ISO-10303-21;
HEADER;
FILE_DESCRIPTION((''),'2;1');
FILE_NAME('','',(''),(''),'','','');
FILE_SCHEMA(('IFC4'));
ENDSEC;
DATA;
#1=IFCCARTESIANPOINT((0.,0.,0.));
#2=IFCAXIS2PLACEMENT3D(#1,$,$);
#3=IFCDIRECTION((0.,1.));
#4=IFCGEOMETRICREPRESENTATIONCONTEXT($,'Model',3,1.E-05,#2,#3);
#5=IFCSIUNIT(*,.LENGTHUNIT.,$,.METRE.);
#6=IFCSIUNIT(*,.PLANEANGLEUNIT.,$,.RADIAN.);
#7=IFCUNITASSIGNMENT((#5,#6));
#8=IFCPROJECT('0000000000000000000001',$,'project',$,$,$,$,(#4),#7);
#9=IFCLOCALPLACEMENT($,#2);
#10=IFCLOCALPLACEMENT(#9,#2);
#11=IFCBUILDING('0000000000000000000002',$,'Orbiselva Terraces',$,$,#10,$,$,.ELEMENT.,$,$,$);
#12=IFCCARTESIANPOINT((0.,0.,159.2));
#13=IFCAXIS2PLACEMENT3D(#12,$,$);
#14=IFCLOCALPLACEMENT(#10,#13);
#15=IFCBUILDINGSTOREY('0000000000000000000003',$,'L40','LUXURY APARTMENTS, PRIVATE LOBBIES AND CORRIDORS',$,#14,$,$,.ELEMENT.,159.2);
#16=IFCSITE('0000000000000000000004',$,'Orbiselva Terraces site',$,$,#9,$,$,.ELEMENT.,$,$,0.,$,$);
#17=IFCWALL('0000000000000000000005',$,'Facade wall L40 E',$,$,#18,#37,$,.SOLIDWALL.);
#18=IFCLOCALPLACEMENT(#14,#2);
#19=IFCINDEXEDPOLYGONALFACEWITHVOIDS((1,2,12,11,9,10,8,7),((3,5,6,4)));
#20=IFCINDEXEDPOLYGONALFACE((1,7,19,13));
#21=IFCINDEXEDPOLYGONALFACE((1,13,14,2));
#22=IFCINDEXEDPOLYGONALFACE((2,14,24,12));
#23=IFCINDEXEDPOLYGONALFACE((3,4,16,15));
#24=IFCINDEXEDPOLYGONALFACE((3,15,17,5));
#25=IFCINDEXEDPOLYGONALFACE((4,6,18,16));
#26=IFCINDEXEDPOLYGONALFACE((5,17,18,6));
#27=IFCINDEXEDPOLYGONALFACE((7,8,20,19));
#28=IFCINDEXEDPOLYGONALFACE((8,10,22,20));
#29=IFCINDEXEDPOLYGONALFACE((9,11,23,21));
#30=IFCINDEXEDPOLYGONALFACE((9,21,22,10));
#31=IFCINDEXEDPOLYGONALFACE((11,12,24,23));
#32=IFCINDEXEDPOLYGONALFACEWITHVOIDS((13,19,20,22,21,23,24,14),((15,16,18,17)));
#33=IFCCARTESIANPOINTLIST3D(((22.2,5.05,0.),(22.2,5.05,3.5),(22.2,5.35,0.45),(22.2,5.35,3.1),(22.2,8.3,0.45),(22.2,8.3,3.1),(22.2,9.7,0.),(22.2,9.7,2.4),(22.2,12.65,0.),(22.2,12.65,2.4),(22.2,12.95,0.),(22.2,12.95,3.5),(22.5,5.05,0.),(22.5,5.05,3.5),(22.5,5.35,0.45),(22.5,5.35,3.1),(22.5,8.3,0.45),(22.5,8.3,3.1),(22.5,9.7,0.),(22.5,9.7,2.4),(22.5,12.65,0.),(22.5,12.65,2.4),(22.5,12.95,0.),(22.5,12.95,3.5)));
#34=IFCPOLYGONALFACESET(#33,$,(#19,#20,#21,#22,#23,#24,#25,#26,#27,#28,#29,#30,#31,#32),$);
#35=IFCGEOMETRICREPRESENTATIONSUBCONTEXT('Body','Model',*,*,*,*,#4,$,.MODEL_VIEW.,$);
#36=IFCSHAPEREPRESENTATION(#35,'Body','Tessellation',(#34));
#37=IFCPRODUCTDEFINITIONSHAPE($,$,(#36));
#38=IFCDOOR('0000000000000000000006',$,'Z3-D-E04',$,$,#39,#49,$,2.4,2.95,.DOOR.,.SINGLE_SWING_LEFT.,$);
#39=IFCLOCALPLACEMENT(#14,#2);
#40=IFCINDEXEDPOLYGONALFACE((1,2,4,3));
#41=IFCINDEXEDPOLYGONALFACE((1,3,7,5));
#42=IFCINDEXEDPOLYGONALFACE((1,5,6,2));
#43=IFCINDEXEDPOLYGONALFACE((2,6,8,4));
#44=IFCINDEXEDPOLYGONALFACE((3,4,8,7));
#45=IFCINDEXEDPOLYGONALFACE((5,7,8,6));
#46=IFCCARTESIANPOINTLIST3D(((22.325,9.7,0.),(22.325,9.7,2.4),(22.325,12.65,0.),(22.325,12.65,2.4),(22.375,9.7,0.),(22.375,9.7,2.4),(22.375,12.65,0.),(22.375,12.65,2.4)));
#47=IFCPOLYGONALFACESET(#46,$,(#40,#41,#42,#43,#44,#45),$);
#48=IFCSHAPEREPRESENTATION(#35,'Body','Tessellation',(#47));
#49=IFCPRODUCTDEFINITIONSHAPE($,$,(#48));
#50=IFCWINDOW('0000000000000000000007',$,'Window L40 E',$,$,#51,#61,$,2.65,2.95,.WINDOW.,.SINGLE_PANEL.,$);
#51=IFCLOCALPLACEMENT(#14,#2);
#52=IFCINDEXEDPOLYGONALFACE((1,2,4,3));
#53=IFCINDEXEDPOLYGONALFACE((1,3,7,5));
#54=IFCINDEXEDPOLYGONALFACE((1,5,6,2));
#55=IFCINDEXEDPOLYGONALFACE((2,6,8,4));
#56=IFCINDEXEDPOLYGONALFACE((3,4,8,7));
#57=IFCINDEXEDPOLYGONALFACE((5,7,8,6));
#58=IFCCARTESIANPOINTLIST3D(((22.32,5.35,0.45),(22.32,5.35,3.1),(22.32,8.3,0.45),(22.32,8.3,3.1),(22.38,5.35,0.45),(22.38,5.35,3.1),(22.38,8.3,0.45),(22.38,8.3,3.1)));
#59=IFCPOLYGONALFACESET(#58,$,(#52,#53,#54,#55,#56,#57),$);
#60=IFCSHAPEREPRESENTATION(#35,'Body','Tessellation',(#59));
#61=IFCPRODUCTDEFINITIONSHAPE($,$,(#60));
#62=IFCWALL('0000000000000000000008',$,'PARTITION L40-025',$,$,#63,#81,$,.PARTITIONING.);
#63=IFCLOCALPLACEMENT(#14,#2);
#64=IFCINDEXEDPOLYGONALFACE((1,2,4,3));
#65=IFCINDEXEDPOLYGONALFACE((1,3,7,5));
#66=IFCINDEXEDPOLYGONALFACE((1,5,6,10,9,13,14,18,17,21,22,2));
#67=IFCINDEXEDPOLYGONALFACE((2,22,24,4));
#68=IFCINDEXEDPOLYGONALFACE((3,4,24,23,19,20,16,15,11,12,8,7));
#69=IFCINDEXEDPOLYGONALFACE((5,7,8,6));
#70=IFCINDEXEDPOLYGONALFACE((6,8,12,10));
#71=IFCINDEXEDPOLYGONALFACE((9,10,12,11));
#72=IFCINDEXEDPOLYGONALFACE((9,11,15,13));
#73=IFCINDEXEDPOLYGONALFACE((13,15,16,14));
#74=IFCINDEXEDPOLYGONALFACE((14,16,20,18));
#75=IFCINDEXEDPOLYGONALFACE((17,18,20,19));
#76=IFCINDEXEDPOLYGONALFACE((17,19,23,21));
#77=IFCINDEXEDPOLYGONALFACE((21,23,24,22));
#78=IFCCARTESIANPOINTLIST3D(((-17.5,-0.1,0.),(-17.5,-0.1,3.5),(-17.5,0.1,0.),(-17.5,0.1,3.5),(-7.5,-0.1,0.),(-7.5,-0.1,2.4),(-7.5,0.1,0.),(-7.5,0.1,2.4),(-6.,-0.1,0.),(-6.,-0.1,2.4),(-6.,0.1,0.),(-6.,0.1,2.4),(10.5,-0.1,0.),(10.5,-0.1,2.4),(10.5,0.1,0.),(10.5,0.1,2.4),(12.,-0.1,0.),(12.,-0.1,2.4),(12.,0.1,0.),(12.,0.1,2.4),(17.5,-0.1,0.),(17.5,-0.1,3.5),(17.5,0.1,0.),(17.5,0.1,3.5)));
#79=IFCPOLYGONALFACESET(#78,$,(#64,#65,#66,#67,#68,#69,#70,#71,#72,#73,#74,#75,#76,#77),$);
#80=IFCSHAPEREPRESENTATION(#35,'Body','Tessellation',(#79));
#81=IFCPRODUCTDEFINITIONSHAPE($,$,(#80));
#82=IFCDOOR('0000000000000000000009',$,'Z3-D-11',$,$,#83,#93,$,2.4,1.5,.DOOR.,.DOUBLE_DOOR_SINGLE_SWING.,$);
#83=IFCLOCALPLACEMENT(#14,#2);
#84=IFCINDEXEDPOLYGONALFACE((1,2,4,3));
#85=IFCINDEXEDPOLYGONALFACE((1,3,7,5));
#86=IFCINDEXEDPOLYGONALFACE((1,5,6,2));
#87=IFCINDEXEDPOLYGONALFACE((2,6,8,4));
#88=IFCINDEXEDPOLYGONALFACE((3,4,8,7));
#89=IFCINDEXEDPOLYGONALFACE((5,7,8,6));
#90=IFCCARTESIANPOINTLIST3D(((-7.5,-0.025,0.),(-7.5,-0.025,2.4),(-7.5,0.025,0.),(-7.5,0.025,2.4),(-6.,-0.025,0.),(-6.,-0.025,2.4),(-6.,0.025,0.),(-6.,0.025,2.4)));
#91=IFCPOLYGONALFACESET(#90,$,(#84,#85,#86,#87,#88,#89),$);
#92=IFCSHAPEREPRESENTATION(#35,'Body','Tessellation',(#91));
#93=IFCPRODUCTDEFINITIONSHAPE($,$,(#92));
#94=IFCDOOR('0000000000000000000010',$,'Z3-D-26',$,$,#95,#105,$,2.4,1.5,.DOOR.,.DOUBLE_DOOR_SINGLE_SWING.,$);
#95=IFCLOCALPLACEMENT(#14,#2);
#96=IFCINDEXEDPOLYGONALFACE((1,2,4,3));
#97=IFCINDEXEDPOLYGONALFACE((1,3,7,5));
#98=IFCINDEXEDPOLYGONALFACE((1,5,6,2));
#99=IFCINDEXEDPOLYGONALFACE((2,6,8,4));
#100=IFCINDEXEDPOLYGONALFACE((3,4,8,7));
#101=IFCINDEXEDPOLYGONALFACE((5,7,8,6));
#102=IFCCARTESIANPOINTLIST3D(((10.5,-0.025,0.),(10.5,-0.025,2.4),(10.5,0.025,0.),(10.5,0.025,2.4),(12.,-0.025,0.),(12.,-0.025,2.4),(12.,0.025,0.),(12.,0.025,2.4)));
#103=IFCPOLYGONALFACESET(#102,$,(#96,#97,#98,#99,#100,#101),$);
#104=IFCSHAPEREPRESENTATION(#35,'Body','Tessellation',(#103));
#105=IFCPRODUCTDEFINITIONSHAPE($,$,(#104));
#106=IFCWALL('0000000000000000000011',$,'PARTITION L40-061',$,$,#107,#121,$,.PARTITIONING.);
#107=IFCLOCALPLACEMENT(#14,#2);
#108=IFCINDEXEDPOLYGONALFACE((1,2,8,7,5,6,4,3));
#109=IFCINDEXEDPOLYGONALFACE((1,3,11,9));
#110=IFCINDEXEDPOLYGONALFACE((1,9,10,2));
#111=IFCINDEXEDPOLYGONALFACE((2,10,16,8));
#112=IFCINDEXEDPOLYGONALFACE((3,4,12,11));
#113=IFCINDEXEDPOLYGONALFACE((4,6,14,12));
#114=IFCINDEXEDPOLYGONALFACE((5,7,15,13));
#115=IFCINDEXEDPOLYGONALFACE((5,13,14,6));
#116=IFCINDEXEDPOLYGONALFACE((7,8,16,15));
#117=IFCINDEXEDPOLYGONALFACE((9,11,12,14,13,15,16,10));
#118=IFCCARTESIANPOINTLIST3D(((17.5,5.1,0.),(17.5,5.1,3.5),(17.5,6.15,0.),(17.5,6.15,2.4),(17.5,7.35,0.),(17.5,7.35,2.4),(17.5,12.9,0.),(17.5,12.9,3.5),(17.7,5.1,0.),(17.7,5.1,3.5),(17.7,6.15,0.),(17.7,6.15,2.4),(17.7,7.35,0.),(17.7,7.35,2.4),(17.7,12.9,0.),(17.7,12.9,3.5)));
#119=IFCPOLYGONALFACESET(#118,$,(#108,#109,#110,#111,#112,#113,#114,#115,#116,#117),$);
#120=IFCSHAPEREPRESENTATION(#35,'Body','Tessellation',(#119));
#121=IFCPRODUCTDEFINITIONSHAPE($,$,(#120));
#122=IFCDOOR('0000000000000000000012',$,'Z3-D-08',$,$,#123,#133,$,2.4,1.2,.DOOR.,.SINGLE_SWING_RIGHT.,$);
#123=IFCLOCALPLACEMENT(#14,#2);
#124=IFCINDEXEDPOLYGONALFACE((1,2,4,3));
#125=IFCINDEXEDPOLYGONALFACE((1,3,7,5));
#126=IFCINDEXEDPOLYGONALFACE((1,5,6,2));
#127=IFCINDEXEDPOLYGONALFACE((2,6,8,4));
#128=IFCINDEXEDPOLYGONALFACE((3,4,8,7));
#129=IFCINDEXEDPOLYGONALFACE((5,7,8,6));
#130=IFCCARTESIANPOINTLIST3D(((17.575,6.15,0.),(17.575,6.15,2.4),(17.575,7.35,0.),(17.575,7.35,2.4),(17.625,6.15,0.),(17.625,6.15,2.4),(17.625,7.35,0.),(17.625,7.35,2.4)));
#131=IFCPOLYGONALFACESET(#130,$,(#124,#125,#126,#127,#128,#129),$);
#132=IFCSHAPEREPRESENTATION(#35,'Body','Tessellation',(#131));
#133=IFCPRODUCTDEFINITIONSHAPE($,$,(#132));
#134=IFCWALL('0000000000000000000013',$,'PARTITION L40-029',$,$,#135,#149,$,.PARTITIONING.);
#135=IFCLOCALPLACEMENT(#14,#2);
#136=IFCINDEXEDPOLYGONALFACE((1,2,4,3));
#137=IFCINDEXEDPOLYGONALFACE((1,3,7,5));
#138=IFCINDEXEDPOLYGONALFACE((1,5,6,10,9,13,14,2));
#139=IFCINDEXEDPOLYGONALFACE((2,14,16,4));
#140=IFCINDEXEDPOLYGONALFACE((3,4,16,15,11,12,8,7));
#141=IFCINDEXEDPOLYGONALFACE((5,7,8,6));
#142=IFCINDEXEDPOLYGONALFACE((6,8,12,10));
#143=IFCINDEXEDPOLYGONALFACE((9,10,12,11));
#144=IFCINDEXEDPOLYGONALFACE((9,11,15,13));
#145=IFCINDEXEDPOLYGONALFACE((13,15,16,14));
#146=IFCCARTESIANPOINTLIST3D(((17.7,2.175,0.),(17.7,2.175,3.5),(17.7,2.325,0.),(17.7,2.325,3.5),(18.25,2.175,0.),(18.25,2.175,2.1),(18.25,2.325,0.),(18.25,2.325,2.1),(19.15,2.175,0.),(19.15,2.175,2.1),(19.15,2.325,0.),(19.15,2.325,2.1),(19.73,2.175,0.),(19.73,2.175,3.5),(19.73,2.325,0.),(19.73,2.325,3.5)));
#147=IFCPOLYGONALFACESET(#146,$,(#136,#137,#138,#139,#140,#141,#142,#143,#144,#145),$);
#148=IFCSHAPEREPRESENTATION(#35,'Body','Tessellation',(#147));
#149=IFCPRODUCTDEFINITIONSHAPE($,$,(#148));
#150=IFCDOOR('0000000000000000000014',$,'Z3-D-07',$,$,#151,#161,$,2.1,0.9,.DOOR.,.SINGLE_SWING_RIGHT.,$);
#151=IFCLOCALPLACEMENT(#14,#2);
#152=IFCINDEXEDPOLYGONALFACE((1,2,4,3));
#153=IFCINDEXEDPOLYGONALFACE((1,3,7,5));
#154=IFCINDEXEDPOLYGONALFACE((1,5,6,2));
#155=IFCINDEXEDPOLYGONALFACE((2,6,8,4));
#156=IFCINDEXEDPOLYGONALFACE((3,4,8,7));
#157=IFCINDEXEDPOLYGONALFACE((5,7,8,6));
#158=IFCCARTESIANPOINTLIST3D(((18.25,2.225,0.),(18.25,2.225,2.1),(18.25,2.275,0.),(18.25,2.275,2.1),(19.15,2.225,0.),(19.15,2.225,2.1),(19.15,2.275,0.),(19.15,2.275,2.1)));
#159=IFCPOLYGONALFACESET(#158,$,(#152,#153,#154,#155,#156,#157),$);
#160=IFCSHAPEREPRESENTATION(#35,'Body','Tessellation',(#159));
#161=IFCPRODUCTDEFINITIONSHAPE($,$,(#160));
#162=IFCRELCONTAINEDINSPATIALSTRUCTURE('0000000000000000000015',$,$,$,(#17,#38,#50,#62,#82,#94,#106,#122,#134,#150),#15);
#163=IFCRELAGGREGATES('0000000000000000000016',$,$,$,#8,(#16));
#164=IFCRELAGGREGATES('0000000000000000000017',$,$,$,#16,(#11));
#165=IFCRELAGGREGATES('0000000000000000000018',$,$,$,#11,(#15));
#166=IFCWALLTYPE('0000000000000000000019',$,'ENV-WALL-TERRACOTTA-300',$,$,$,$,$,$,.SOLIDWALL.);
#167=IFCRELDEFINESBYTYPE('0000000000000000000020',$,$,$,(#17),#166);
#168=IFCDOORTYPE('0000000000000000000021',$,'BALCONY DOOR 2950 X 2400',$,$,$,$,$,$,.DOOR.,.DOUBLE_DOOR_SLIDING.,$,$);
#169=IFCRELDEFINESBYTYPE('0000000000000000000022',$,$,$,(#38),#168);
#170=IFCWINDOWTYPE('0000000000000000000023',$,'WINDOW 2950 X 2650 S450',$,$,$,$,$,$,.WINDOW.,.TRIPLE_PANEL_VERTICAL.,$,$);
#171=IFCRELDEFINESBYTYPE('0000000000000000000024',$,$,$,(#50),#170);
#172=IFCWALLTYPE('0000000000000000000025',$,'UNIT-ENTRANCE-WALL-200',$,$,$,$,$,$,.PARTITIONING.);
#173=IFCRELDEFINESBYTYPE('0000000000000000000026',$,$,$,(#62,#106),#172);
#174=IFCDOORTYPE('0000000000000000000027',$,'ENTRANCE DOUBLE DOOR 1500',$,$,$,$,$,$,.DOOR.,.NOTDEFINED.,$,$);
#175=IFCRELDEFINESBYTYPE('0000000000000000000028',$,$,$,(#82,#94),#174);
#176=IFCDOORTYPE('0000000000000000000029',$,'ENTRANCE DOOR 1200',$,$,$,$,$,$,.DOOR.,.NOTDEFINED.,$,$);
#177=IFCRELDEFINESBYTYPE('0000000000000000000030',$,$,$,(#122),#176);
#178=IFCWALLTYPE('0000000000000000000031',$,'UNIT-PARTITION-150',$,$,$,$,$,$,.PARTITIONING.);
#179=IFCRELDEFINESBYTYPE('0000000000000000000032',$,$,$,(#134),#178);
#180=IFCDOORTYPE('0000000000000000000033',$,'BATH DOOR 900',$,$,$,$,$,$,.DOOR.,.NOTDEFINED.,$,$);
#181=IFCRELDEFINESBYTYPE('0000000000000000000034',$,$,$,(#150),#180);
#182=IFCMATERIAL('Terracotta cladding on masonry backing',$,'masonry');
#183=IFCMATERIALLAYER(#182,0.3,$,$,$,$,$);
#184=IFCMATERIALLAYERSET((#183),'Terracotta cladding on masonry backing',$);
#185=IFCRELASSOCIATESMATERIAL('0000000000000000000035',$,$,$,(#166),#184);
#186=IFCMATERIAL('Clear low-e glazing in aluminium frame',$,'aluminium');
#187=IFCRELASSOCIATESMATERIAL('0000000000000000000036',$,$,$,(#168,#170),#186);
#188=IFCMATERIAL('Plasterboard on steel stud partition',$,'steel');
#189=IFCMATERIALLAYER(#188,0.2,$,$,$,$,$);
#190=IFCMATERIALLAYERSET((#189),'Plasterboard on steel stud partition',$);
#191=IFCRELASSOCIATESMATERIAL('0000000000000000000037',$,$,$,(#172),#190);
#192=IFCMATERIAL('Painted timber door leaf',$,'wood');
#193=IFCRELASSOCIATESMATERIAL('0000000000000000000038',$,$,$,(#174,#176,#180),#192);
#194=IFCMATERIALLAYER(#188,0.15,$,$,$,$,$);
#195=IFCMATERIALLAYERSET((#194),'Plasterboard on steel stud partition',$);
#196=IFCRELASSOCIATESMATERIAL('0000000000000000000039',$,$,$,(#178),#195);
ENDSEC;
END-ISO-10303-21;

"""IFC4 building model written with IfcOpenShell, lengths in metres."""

from ifc_helpers import new_model, si_unit, direction, frame, frame_2d, origin, place, context, subcontext, project, spatial, rectangle, extrude, material, layer, layer_set, type_object, element, fill, save


model = new_model("IFC4")

# Units and contexts
model_context = context("Model", 3, precision=1e-05, world=origin(), true_north=direction((0.0, 1.0)))
body_context = subcontext(model_context, "Body", "Model", "MODEL_VIEW")
ifc_project = project(units=[si_unit("LENGTHUNIT", "METRE"), si_unit("PLANEANGLEUNIT", "RADIAN")], contexts=[model_context])

# Site, building, storey
site_placement = place(None, origin())
site = spatial("IfcSite", under=ifc_project, at=site_placement, Name="Orbiselva Terraces site", CompositionType="ELEMENT", RefElevation=0.0)
building_placement = place(site_placement, origin())
building = spatial("IfcBuilding", under=site, at=building_placement, Name="Orbiselva Terraces", CompositionType="ELEMENT")
storey_placement = place(building_placement, frame((0.0, 0.0, 159.2)))
storey = spatial("IfcBuildingStorey", under=building, at=storey_placement, Name="L40", Description="LUXURY APARTMENTS, PRIVATE LOBBIES AND CORRIDORS", CompositionType="ELEMENT", Elevation=159.2)

# Wall, openings, door, window
ifc_material_1 = material(Name="Terracotta cladding on masonry backing", Category="masonry")
ifc_layer_1 = layer(ifc_material_1, 0.3)
ifc_layer_set_1 = layer_set([ifc_layer_1], Name="Terracotta cladding on masonry backing")
wall_type_1 = type_object("IfcWallType", Name="ENV-WALL-TERRACOTTA-300", PredefinedType="SOLIDWALL", material=ifc_layer_set_1)
ifc_material_2 = material(Name="Clear low-e glazing in aluminium frame", Category="aluminium")
door_type_1 = type_object("IfcDoorType", Name="BALCONY DOOR 2950 X 2400", OperationType="DOUBLE_DOOR_SLIDING", PredefinedType="DOOR", material=ifc_material_2)
window_type = type_object("IfcWindowType", Name="WINDOW 2950 X 2650 S450", PartitioningType="TRIPLE_PANEL_VERTICAL", PredefinedType="WINDOW", material=ifc_material_2)
wall_1_placement = place(storey_placement, frame((22.35, 12.95, 0.0), z_axis=(0.0, 0.0, 1.0), x_axis=(0.0, -1.0, 0.0)))
wall_1 = element("IfcWall", 1, at=wall_1_placement, inside=storey, type_object=wall_type_1, Name="Facade wall L40 E", PredefinedType="SOLIDWALL", context=body_context, shape_type="SweptSolid", body=[
    extrude(rectangle(XDim=7.9, YDim=0.3, at=frame_2d((3.95, 0.0))), origin(), (0.0, 0.0, 1.0), 3.5),
])
opening_1_placement = place(wall_1_placement, frame((4.65, 0.0, 0.45)))
opening_1 = element("IfcOpeningElement", 2, at=opening_1_placement, cuts=wall_1, PredefinedType="OPENING", context=body_context, shape_type="SweptSolid", body=[
    extrude(rectangle(XDim=2.95, YDim=2.65, at=frame_2d((1.475, 1.325))), frame((0.0, 0.16, 0.0), z_axis=(0.0, -1.0, 0.0), x_axis=(1.0, 0.0, 0.0)), (0.0, 0.0, 1.0), 0.32),
])
opening_2_placement = place(wall_1_placement, frame((0.3, 0.0, 0.0)))
opening_2 = element("IfcOpeningElement", 3, at=opening_2_placement, cuts=wall_1, PredefinedType="OPENING", context=body_context, shape_type="SweptSolid", body=[
    extrude(rectangle(XDim=2.95, YDim=2.4, at=frame_2d((1.475, 1.2))), frame((0.0, 0.16, 0.0), z_axis=(0.0, -1.0, 0.0), x_axis=(1.0, 0.0, 0.0)), (0.0, 0.0, 1.0), 0.32),
])
door_1_placement = place(opening_2_placement, origin())
door_1 = element("IfcDoor", 4, at=door_1_placement, inside=storey, type_object=door_type_1, Name="Z3-D-E04", OperationType="SINGLE_SWING_LEFT", OverallHeight=2.4, OverallWidth=2.95, PredefinedType="DOOR", context=body_context, shape_type="SweptSolid", body=[
    extrude(rectangle(XDim=2.95, YDim=2.4, at=frame_2d((1.475, 1.2))), frame((0.0, 0.025, 0.0), z_axis=(0.0, -1.0, 0.0), x_axis=(1.0, 0.0, 0.0)), (0.0, 0.0, 1.0), 0.05),
])
fill(opening_2, door_1)
window_1_placement = place(opening_1_placement, origin())
window_1 = element("IfcWindow", 5, at=window_1_placement, inside=storey, type_object=window_type, Name="Window L40 E", OverallHeight=2.65, OverallWidth=2.95, PartitioningType="SINGLE_PANEL", PredefinedType="WINDOW", context=body_context, shape_type="SweptSolid", body=[
    extrude(rectangle(XDim=2.95, YDim=2.65, at=frame_2d((1.475, 1.325))), frame((0.0, 0.03, 0.0), z_axis=(0.0, -1.0, 0.0), x_axis=(1.0, 0.0, 0.0)), (0.0, 0.0, 1.0), 0.06),
])
fill(opening_1, window_1)

# Wall, openings, doors
ifc_material_3 = material(Name="Plasterboard on steel stud partition", Category="steel")
ifc_layer_2 = layer(ifc_material_3, 0.2)
ifc_layer_set_2 = layer_set([ifc_layer_2], Name="Plasterboard on steel stud partition")
wall_type_2 = type_object("IfcWallType", Name="UNIT-ENTRANCE-WALL-200", PredefinedType="PARTITIONING", material=ifc_layer_set_2)
wall_2_placement = place(storey_placement, frame((17.5, 0.0, 0.0), z_axis=(0.0, 0.0, 1.0), x_axis=(-1.0, 0.0, 0.0)))
wall_2 = element("IfcWall", 6, at=wall_2_placement, inside=storey, type_object=wall_type_2, Name="PARTITION L40-025", PredefinedType="PARTITIONING", context=body_context, shape_type="SweptSolid", body=[
    extrude(rectangle(XDim=35.0, YDim=0.2, at=frame_2d((17.5, 0.0))), origin(), (0.0, 0.0, 1.0), 3.5),
])
opening_3_placement = place(wall_2_placement, frame((23.5, 0.0, 0.0)))
opening_3 = element("IfcOpeningElement", 7, at=opening_3_placement, cuts=wall_2, PredefinedType="OPENING", context=body_context, shape_type="SweptSolid", body=[
    extrude(rectangle(XDim=1.5, YDim=2.4, at=frame_2d((0.75, 1.2))), frame((0.0, 0.11, 0.0), z_axis=(0.0, -1.0, 0.0), x_axis=(1.0, 0.0, 0.0)), (0.0, 0.0, 1.0), 0.22),
])
opening_4_placement = place(wall_2_placement, frame((5.5, 0.0, 0.0)))
opening_4 = element("IfcOpeningElement", 8, at=opening_4_placement, cuts=wall_2, PredefinedType="OPENING", context=body_context, shape_type="SweptSolid", body=[
    extrude(rectangle(XDim=1.5, YDim=2.4, at=frame_2d((0.75, 1.2))), frame((0.0, 0.11, 0.0), z_axis=(0.0, -1.0, 0.0), x_axis=(1.0, 0.0, 0.0)), (0.0, 0.0, 1.0), 0.22),
])
ifc_material_4 = material(Name="Painted timber door leaf", Category="wood")
door_type_2 = type_object("IfcDoorType", Name="ENTRANCE DOUBLE DOOR 1500", OperationType="NOTDEFINED", PredefinedType="DOOR", material=ifc_material_4)
door_2_placement = place(opening_3_placement, origin())
door_2 = element("IfcDoor", 9, at=door_2_placement, inside=storey, type_object=door_type_2, Name="Z3-D-11", OperationType="DOUBLE_DOOR_SINGLE_SWING", OverallHeight=2.4, OverallWidth=1.5, PredefinedType="DOOR", context=body_context, shape_type="SweptSolid", body=[
    extrude(rectangle(XDim=1.5, YDim=2.4, at=frame_2d((0.75, 1.2))), frame((0.0, 0.025, 0.0), z_axis=(0.0, -1.0, 0.0), x_axis=(1.0, 0.0, 0.0)), (0.0, 0.0, 1.0), 0.05),
])
fill(opening_3, door_2)
door_3_placement = place(opening_4_placement, origin())
door_3 = element("IfcDoor", 10, at=door_3_placement, inside=storey, type_object=door_type_2, Name="Z3-D-26", OperationType="DOUBLE_DOOR_SINGLE_SWING", OverallHeight=2.4, OverallWidth=1.5, PredefinedType="DOOR", context=body_context, shape_type="SweptSolid", body=[
    extrude(rectangle(XDim=1.5, YDim=2.4, at=frame_2d((0.75, 1.2))), frame((0.0, 0.025, 0.0), z_axis=(0.0, -1.0, 0.0), x_axis=(1.0, 0.0, 0.0)), (0.0, 0.0, 1.0), 0.05),
])
fill(opening_4, door_3)

# Walls, openings, doors
wall_3_placement = place(storey_placement, frame((17.6, 12.9, 0.0), z_axis=(0.0, 0.0, 1.0), x_axis=(0.0, -1.0, 0.0)))
wall_3 = element("IfcWall", 11, at=wall_3_placement, inside=storey, type_object=wall_type_2, Name="PARTITION L40-061", PredefinedType="PARTITIONING", context=body_context, shape_type="SweptSolid", body=[
    extrude(rectangle(XDim=7.8, YDim=0.2, at=frame_2d((3.9, 0.0))), origin(), (0.0, 0.0, 1.0), 3.5),
])
opening_5_placement = place(wall_3_placement, frame((5.55, 0.0, 0.0)))
opening_5 = element("IfcOpeningElement", 12, at=opening_5_placement, cuts=wall_3, PredefinedType="OPENING", context=body_context, shape_type="SweptSolid", body=[
    extrude(rectangle(XDim=1.2, YDim=2.4, at=frame_2d((0.6, 1.2))), frame((0.0, 0.11, 0.0), z_axis=(0.0, -1.0, 0.0), x_axis=(1.0, 0.0, 0.0)), (0.0, 0.0, 1.0), 0.22),
])
door_type_3 = type_object("IfcDoorType", Name="ENTRANCE DOOR 1200", OperationType="NOTDEFINED", PredefinedType="DOOR", material=ifc_material_4)
door_4_placement = place(opening_5_placement, origin())
door_4 = element("IfcDoor", 13, at=door_4_placement, inside=storey, type_object=door_type_3, Name="Z3-D-08", OperationType="SINGLE_SWING_RIGHT", OverallHeight=2.4, OverallWidth=1.2, PredefinedType="DOOR", context=body_context, shape_type="SweptSolid", body=[
    extrude(rectangle(XDim=1.2, YDim=2.4, at=frame_2d((0.6, 1.2))), frame((0.0, 0.025, 0.0), z_axis=(0.0, -1.0, 0.0), x_axis=(1.0, 0.0, 0.0)), (0.0, 0.0, 1.0), 0.05),
])
fill(opening_5, door_4)
ifc_layer_3 = layer(ifc_material_3, 0.15)
ifc_layer_set_3 = layer_set([ifc_layer_3], Name="Plasterboard on steel stud partition")
wall_type_3 = type_object("IfcWallType", Name="UNIT-PARTITION-150", PredefinedType="PARTITIONING", material=ifc_layer_set_3)
wall_4_placement = place(storey_placement, frame((19.73, 2.25, 0.0), z_axis=(0.0, 0.0, 1.0), x_axis=(-1.0, 0.0, 0.0)))
wall_4 = element("IfcWall", 14, at=wall_4_placement, inside=storey, type_object=wall_type_3, Name="PARTITION L40-029", PredefinedType="PARTITIONING", context=body_context, shape_type="SweptSolid", body=[
    extrude(rectangle(XDim=2.03, YDim=0.15, at=frame_2d((1.015, 0.0))), origin(), (0.0, 0.0, 1.0), 3.5),
])
opening_6_placement = place(wall_4_placement, frame((0.58, 0.0, 0.0)))
opening_6 = element("IfcOpeningElement", 15, at=opening_6_placement, cuts=wall_4, PredefinedType="OPENING", context=body_context, shape_type="SweptSolid", body=[
    extrude(rectangle(XDim=0.9, YDim=2.1, at=frame_2d((0.45, 1.05))), frame((0.0, 0.085, 0.0), z_axis=(0.0, -1.0, 0.0), x_axis=(1.0, 0.0, 0.0)), (0.0, 0.0, 1.0), 0.17),
])
door_type_4 = type_object("IfcDoorType", Name="BATH DOOR 900", OperationType="NOTDEFINED", PredefinedType="DOOR", material=ifc_material_4)
door_5_placement = place(opening_6_placement, origin())
door_5 = element("IfcDoor", 16, at=door_5_placement, inside=storey, type_object=door_type_4, Name="Z3-D-07", OperationType="SINGLE_SWING_RIGHT", OverallHeight=2.1, OverallWidth=0.9, PredefinedType="DOOR", context=body_context, shape_type="SweptSolid", body=[
    extrude(rectangle(XDim=0.9, YDim=2.1, at=frame_2d((0.45, 1.05))), frame((0.0, 0.025, 0.0), z_axis=(0.0, -1.0, 0.0), x_axis=(1.0, 0.0, 0.0)), (0.0, 0.0, 1.0), 0.05),
])
fill(opening_6, door_5)

save(model, "model.ifc")
